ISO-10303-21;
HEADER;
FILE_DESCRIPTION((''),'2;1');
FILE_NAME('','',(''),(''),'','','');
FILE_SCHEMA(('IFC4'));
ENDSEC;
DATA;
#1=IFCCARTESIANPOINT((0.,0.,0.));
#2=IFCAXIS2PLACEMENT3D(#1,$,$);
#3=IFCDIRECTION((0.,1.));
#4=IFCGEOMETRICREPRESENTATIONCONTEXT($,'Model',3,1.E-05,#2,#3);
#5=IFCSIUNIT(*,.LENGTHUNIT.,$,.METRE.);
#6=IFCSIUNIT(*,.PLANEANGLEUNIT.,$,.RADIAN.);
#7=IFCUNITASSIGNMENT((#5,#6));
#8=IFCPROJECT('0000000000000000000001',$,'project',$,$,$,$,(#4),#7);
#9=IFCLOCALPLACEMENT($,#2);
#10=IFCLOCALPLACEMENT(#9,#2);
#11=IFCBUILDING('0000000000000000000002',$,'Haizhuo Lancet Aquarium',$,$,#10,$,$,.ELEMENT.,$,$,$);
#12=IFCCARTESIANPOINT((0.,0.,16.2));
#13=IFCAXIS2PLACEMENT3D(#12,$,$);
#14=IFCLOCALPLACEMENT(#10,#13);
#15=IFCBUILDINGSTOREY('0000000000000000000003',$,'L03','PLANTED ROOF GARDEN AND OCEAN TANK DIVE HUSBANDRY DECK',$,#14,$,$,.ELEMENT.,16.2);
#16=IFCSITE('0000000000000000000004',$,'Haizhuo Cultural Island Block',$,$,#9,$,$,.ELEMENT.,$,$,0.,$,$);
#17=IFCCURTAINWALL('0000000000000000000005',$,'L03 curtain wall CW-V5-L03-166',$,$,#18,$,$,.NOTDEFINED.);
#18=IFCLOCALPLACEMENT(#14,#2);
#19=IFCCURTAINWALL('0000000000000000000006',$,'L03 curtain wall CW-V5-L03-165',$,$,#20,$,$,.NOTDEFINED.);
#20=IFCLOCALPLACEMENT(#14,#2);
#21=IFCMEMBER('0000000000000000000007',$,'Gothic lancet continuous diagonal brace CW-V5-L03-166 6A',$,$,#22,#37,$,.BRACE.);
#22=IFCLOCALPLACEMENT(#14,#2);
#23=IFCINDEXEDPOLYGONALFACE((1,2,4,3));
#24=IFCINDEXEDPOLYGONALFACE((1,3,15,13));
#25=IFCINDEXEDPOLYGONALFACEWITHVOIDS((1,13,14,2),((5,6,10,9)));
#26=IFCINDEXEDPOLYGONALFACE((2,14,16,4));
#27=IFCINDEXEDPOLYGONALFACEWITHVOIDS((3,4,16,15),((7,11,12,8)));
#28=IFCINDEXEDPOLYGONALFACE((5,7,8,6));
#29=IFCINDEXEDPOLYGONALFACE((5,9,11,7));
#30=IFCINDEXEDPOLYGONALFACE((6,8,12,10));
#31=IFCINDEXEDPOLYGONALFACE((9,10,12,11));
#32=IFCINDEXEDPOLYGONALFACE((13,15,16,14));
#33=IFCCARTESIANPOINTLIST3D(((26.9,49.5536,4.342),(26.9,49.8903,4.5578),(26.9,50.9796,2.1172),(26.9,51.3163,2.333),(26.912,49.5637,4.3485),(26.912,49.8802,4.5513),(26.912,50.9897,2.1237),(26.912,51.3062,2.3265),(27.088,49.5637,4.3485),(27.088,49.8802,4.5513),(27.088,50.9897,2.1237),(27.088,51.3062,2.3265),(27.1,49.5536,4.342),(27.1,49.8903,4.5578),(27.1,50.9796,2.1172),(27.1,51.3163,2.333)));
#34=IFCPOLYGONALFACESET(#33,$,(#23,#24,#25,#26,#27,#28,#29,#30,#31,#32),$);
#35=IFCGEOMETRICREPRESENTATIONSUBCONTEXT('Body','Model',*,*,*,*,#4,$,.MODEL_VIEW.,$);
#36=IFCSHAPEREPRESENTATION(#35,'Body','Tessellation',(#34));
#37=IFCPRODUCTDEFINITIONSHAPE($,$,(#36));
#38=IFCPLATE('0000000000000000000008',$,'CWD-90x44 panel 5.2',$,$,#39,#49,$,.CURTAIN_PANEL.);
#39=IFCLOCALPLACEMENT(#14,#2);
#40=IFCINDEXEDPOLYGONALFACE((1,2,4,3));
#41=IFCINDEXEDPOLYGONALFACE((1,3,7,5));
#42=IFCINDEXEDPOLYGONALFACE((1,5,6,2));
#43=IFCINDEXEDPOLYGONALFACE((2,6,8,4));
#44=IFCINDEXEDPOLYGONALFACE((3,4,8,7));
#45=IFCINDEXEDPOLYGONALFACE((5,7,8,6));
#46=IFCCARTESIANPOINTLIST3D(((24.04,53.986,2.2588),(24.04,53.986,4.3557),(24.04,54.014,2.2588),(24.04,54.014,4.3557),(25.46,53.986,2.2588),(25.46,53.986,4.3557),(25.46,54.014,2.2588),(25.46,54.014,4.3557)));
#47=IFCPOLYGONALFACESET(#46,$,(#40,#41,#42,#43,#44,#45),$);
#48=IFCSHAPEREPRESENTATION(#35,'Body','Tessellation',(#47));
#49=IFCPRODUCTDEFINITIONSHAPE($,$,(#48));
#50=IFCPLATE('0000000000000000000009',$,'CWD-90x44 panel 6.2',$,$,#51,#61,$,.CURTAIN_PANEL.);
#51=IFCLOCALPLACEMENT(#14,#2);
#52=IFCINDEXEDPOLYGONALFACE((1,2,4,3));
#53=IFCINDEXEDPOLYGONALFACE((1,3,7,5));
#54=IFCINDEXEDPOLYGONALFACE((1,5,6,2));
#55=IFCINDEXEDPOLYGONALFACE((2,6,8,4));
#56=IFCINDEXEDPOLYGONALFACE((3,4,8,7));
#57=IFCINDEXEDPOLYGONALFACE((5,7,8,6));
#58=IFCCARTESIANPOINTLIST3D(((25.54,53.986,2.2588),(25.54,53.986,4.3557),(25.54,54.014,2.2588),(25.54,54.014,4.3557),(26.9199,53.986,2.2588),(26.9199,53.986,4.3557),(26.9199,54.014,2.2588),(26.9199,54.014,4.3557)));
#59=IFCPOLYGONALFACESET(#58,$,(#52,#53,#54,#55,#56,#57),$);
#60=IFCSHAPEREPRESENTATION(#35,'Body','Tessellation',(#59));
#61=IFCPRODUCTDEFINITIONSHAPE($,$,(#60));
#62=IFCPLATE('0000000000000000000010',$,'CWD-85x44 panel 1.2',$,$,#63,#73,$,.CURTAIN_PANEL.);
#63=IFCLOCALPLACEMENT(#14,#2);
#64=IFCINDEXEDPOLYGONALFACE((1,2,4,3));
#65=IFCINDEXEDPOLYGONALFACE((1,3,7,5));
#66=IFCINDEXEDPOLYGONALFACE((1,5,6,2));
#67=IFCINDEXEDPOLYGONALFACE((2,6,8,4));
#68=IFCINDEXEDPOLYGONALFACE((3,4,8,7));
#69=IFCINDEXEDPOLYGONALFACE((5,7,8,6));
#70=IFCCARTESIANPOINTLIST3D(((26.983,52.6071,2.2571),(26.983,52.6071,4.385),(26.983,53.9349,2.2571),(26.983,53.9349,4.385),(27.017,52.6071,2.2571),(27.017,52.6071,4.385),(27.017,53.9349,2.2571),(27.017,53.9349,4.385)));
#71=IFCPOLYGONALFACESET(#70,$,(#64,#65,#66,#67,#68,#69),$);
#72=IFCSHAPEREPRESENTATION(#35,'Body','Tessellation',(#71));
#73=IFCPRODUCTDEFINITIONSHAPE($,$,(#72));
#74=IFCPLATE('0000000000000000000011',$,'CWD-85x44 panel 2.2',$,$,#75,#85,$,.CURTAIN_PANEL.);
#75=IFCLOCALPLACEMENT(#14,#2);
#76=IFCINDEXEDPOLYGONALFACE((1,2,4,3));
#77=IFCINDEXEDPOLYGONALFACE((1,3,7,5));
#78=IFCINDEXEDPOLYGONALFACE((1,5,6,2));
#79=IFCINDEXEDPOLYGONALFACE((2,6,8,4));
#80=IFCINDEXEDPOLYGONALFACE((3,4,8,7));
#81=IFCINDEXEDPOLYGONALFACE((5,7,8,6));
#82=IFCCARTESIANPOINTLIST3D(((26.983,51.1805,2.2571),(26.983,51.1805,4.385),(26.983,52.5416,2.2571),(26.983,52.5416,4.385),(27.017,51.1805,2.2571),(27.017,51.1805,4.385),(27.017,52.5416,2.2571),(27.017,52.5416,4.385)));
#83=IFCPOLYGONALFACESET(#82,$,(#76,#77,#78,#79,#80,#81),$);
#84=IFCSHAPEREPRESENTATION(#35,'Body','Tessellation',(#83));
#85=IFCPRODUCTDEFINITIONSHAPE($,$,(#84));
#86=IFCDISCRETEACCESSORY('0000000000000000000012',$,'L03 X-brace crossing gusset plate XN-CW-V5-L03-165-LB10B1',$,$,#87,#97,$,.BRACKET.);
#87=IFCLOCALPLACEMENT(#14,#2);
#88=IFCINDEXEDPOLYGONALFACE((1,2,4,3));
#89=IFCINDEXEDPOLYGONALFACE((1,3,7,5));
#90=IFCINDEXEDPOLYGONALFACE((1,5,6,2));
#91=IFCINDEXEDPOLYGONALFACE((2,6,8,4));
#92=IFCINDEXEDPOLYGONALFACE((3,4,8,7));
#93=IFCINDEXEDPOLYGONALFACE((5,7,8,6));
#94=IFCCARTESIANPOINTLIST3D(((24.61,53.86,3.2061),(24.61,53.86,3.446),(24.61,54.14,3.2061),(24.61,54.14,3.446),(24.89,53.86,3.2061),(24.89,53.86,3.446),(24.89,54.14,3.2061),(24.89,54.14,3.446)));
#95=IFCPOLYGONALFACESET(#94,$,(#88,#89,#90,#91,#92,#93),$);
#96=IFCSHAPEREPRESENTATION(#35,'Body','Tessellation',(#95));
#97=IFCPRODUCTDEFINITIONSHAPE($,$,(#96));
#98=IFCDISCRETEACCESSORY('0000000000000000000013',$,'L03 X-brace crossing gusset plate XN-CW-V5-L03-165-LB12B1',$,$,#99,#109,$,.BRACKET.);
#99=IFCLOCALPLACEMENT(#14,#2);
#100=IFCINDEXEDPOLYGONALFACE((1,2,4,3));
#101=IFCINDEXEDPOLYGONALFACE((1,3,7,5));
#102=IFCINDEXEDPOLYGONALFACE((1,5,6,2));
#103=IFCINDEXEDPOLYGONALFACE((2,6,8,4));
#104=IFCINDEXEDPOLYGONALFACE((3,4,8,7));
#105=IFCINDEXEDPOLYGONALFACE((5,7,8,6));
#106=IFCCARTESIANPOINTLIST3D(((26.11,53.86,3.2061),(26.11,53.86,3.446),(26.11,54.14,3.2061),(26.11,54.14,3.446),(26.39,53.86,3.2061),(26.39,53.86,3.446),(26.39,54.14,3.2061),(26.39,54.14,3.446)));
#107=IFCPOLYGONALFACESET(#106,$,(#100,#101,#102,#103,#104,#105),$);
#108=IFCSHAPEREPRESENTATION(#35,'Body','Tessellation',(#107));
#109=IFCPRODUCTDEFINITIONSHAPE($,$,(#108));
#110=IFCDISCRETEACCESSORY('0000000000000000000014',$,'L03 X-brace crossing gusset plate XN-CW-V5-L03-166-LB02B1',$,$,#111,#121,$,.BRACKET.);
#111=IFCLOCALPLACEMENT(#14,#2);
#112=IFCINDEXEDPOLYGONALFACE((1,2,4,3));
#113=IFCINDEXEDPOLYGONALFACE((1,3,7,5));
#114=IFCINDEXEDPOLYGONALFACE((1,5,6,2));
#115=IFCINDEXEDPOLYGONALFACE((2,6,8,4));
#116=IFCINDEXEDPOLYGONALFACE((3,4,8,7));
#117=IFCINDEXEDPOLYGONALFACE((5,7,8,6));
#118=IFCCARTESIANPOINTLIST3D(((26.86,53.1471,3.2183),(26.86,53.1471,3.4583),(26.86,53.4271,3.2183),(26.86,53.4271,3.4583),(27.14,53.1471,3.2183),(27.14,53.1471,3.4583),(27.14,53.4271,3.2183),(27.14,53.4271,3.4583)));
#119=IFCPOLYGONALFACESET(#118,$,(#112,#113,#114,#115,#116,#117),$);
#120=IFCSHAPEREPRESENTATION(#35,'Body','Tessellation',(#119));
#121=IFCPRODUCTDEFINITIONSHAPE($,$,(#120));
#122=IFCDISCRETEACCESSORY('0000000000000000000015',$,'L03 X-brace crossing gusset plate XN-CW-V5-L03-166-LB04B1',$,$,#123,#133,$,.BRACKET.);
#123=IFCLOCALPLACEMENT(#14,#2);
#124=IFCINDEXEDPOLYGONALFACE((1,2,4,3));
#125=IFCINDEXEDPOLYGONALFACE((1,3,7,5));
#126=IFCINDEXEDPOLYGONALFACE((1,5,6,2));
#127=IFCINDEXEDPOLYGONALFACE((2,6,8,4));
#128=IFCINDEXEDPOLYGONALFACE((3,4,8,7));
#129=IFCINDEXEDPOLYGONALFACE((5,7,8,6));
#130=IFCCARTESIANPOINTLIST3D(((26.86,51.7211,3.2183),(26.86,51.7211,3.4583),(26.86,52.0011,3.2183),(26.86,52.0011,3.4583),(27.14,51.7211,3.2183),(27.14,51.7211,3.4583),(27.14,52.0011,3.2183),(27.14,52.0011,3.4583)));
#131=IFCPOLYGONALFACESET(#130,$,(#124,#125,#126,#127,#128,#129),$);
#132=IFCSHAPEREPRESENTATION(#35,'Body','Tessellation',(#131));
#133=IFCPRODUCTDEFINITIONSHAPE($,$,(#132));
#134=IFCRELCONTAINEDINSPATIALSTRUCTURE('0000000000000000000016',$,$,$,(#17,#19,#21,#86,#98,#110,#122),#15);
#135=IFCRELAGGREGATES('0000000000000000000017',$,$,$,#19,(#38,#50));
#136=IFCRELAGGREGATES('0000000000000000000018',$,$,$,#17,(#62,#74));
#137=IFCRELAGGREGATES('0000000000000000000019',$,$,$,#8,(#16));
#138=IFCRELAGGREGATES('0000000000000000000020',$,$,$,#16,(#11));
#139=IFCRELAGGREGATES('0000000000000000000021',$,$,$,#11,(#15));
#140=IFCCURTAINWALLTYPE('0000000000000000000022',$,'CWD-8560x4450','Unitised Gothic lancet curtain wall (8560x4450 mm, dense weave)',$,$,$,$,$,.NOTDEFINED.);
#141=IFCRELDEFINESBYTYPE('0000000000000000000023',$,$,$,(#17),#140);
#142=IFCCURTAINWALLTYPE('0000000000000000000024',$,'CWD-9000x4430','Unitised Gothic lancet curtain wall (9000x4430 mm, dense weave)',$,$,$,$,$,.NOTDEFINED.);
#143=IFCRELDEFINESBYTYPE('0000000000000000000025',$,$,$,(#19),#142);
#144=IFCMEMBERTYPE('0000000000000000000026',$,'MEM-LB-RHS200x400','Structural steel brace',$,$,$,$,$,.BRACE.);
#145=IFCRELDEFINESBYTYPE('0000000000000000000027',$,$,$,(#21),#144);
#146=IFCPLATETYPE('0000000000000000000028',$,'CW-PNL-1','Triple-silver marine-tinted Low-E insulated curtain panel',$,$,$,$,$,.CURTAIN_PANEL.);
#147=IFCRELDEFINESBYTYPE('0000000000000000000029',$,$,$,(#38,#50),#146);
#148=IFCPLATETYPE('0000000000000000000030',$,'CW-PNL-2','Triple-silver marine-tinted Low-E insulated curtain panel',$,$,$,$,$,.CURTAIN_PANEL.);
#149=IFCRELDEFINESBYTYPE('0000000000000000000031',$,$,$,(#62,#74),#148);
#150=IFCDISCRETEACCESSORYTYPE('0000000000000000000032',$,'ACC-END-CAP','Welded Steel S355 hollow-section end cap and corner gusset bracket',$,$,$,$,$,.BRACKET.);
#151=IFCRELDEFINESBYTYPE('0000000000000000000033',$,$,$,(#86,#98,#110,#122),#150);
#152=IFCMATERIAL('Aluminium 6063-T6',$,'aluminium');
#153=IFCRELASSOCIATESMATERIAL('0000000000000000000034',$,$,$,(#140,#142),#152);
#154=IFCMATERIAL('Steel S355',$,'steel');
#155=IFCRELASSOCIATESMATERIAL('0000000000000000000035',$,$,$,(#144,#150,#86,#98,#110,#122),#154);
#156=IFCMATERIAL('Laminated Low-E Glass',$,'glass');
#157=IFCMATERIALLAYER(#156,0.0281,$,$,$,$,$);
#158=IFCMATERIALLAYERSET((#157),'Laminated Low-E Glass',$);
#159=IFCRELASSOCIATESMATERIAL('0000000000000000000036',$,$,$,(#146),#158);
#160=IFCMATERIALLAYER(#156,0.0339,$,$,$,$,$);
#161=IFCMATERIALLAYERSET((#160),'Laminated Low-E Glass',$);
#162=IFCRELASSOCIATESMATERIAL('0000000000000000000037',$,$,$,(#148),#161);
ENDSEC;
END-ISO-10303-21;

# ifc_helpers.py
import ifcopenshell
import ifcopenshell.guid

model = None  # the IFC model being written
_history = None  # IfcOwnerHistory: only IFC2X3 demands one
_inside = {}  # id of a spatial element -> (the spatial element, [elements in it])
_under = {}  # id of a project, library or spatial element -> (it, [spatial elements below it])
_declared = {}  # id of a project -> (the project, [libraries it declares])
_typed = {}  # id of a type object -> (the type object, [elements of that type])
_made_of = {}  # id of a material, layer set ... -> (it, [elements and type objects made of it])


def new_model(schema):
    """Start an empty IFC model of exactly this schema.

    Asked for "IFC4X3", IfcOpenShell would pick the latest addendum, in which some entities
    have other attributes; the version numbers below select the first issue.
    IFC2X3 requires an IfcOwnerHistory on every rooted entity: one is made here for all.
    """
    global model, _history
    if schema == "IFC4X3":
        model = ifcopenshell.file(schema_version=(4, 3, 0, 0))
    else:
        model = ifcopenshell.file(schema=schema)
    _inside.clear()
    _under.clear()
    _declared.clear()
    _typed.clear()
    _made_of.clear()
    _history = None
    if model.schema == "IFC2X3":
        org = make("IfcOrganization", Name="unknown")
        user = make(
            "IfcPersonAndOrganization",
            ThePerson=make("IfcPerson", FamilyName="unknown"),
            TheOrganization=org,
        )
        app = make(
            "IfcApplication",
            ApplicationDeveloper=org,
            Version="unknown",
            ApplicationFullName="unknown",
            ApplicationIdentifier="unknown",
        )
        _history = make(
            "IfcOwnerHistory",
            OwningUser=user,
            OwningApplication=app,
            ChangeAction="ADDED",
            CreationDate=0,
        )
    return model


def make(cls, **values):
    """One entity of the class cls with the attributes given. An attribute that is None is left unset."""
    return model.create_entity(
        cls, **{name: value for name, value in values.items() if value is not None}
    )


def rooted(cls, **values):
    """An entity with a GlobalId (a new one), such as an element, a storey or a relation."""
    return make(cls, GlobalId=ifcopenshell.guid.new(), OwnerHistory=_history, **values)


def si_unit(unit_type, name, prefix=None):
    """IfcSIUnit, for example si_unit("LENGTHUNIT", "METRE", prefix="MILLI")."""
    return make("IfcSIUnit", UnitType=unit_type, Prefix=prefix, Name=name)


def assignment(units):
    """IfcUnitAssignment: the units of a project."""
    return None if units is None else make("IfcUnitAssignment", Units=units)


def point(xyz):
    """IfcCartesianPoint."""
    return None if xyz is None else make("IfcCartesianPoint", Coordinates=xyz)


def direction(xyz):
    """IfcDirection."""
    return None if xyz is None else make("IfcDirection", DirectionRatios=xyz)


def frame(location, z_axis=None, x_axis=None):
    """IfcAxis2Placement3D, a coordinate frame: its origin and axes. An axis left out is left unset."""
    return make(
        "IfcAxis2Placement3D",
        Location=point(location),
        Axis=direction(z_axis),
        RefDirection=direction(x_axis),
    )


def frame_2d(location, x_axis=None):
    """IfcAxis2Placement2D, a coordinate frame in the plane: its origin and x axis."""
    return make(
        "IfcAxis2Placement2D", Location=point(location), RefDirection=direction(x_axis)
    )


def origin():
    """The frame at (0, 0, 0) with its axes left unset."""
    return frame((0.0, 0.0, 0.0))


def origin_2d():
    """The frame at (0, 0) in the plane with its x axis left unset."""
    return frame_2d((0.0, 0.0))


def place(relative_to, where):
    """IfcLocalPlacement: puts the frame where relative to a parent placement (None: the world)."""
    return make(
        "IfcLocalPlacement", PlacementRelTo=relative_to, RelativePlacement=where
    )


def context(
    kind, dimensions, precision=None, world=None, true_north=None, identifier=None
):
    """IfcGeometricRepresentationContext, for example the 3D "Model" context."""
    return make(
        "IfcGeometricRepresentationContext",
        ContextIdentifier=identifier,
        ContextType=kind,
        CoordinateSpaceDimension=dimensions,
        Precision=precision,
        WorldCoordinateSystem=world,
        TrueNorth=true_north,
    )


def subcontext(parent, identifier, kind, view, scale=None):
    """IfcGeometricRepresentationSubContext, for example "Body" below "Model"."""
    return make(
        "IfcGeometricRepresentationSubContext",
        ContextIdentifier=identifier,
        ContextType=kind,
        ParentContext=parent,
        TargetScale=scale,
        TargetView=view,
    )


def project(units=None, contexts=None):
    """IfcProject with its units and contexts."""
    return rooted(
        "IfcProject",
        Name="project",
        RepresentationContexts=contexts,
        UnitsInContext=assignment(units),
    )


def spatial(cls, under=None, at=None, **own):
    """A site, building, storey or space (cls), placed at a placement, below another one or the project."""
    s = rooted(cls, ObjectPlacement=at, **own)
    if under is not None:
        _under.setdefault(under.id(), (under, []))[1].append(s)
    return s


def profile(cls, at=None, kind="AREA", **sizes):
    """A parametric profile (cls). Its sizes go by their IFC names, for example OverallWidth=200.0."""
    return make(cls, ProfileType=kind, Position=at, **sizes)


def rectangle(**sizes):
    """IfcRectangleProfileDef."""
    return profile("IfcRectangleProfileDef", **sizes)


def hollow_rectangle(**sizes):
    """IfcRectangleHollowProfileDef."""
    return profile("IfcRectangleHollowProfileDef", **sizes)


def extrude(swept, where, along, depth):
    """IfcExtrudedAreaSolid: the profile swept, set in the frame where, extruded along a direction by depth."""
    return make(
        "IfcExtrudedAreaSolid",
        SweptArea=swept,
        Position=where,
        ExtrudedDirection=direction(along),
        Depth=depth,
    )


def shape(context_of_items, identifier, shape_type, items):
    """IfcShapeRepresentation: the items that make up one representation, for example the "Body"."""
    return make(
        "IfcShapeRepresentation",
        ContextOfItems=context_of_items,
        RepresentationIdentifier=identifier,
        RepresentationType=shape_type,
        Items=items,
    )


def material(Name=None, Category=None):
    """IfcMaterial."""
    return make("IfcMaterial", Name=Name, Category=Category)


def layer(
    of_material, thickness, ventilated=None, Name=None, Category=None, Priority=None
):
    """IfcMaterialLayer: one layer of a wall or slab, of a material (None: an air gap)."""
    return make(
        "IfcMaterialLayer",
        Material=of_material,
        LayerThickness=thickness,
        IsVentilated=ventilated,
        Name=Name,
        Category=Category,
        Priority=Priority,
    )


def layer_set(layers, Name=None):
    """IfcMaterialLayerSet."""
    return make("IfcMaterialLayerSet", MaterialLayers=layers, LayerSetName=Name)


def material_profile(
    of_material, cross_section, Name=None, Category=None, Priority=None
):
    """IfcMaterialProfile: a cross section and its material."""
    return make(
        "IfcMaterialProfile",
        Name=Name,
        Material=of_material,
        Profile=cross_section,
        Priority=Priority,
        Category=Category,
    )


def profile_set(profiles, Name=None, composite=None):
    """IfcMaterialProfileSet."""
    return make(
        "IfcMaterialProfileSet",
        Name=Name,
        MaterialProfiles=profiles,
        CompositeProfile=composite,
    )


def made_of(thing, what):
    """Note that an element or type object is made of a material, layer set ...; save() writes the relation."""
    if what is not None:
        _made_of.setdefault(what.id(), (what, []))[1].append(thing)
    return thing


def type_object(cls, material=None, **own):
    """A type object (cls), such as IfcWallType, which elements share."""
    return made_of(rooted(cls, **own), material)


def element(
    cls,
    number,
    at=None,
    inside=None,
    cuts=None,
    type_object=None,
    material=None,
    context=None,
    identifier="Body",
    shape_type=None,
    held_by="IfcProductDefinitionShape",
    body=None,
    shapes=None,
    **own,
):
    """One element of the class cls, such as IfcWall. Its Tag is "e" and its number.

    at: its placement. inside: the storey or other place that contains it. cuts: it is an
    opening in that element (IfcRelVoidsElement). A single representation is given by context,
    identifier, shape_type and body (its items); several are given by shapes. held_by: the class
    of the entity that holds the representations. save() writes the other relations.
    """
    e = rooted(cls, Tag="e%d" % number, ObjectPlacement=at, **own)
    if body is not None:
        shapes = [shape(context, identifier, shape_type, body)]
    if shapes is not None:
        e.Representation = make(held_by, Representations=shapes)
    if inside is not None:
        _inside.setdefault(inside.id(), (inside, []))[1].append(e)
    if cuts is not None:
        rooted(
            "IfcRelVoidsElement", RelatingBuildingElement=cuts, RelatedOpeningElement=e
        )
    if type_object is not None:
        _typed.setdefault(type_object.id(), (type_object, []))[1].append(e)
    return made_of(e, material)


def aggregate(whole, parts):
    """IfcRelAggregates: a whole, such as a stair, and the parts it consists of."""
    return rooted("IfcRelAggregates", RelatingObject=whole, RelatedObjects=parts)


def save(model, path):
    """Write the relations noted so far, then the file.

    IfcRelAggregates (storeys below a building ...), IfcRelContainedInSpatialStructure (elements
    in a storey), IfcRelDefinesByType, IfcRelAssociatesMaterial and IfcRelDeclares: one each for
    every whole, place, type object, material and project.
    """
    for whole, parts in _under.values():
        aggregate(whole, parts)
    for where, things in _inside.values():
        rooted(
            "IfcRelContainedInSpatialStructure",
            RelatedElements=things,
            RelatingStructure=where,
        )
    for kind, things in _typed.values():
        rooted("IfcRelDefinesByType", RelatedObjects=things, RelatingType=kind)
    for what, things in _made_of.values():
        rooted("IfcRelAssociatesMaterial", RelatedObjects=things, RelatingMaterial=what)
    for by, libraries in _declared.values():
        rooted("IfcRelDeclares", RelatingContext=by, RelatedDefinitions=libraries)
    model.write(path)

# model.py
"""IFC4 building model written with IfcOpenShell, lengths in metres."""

from ifc_helpers import new_model, si_unit, direction, frame, origin, origin_2d, place, context, subcontext, project, spatial, rectangle, hollow_rectangle, extrude, material, layer, layer_set, material_profile, profile_set, type_object, element, aggregate, save


model = new_model("IFC4")

# Units and contexts
model_context = context("Model", 3, precision=1e-05, world=origin(), true_north=direction((0.0, 1.0)))
body_context = subcontext(model_context, "Body", "Model", "MODEL_VIEW")
ifc_project = project(units=[si_unit("LENGTHUNIT", "METRE"), si_unit("PLANEANGLEUNIT", "RADIAN")], contexts=[model_context])

# Site, building, storey
site_placement = place(None, origin())
site = spatial("IfcSite", under=ifc_project, at=site_placement, Name="Haizhuo Cultural Island Block", CompositionType="ELEMENT", RefElevation=0.0)
building_placement = place(site_placement, origin())
building = spatial("IfcBuilding", under=site, at=building_placement, Name="Haizhuo Lancet Aquarium", CompositionType="ELEMENT")
storey_placement = place(building_placement, frame((0.0, 0.0, 16.2)))
storey = spatial("IfcBuildingStorey", under=building, at=storey_placement, Name="L03", Description="PLANTED ROOF GARDEN AND OCEAN TANK DIVE HUSBANDRY DECK", CompositionType="ELEMENT", Elevation=16.2)

# Curtain walls
ifc_material_1 = material(Name="Aluminium 6063-T6", Category="aluminium")
curtain_wall_type_1 = type_object("IfcCurtainWallType", Name="CWD-8560x4450", Description="Unitised Gothic lancet curtain wall (8560x4450 mm, dense weave)", PredefinedType="NOTDEFINED", material=ifc_material_1)
curtain_wall_1_placement = place(storey_placement, origin())
curtain_wall_1 = element("IfcCurtainWall", 1, at=curtain_wall_1_placement, inside=storey, type_object=curtain_wall_type_1, Name="L03 curtain wall CW-V5-L03-166", PredefinedType="NOTDEFINED")
curtain_wall_type_2 = type_object("IfcCurtainWallType", Name="CWD-9000x4430", Description="Unitised Gothic lancet curtain wall (9000x4430 mm, dense weave)", PredefinedType="NOTDEFINED", material=ifc_material_1)
curtain_wall_2_placement = place(storey_placement, origin())
curtain_wall_2 = element("IfcCurtainWall", 2, at=curtain_wall_2_placement, inside=storey, type_object=curtain_wall_type_2, Name="L03 curtain wall CW-V5-L03-165", PredefinedType="NOTDEFINED")

# Member
ifc_material_2 = material(Name="Steel S355", Category="steel")
ifc_material_profile_1 = material_profile(ifc_material_2, hollow_rectangle(XDim=0.2, YDim=0.3999, WallThickness=0.012, at=origin_2d()), Name="RHS 200x400x12")
ifc_profile_set_1 = profile_set([ifc_material_profile_1], Name="Steel S355")
member_type_1 = type_object("IfcMemberType", Name="MEM-LB-RHS200x400", Description="Structural steel brace", PredefinedType="BRACE", material=ifc_profile_set_1)
member_1_placement = place(storey_placement, frame((27.0, 51.1479, 2.2251), z_axis=(0.0, -0.539622, 0.841907), x_axis=(1.0, 0.0, 0.0)))
element("IfcMember", 3, at=member_1_placement, inside=storey, type_object=member_type_1, Name="Gothic lancet continuous diagonal brace CW-V5-L03-166 6A", PredefinedType="BRACE", context=body_context, shape_type="SweptSolid", body=[
    extrude(hollow_rectangle(XDim=0.2, YDim=0.3999, WallThickness=0.012, at=origin_2d()), origin(), (0.0, 0.0, 1.0), 2.6426),
])

# Plates
ifc_material_3 = material(Name="Laminated Low-E Glass", Category="glass")
ifc_layer_1 = layer(ifc_material_3, 0.0281)
ifc_layer_set_1 = layer_set([ifc_layer_1], Name="Laminated Low-E Glass")
plate_type_1 = type_object("IfcPlateType", Name="CW-PNL-1", Description="Triple-silver marine-tinted Low-E insulated curtain panel", PredefinedType="CURTAIN_PANEL", material=ifc_layer_set_1)
plate_1_placement = place(storey_placement, frame((24.75, 54.0, 2.2588), z_axis=(0.0, 0.0, 1.0), x_axis=(1.0, 0.0, 0.0)))
plate_1 = element("IfcPlate", 4, at=plate_1_placement, type_object=plate_type_1, Name="CWD-90x44 panel 5.2", PredefinedType="CURTAIN_PANEL", context=body_context, shape_type="SweptSolid", body=[
    extrude(rectangle(XDim=1.4199, YDim=0.0281, at=origin_2d()), origin(), (0.0, 0.0, 1.0), 2.0969),
])
plate_2_placement = place(storey_placement, frame((26.23, 54.0, 2.2588), z_axis=(0.0, 0.0, 1.0), x_axis=(1.0, 0.0, 0.0)))
plate_2 = element("IfcPlate", 5, at=plate_2_placement, type_object=plate_type_1, Name="CWD-90x44 panel 6.2", PredefinedType="CURTAIN_PANEL", context=body_context, shape_type="SweptSolid", body=[
    extrude(rectangle(XDim=1.3799, YDim=0.0281, at=origin_2d()), origin(), (0.0, 0.0, 1.0), 2.0969),
])
aggregate(curtain_wall_2, [plate_1, plate_2])
ifc_layer_2 = layer(ifc_material_3, 0.0339)
ifc_layer_set_2 = layer_set([ifc_layer_2], Name="Laminated Low-E Glass")
plate_type_2 = type_object("IfcPlateType", Name="CW-PNL-2", Description="Triple-silver marine-tinted Low-E insulated curtain panel", PredefinedType="CURTAIN_PANEL", material=ifc_layer_set_2)
plate_3_placement = place(storey_placement, frame((27.0, 53.271, 2.2571), z_axis=(0.0, 0.0, 1.0), x_axis=(0.0, -1.0, 0.0)))
plate_3 = element("IfcPlate", 6, at=plate_3_placement, type_object=plate_type_2, Name="CWD-85x44 panel 1.2", PredefinedType="CURTAIN_PANEL", context=body_context, shape_type="SweptSolid", body=[
    extrude(rectangle(XDim=1.3279, YDim=0.0339, at=origin_2d()), origin(), (0.0, 0.0, 1.0), 2.1279),
])
plate_4_placement = place(storey_placement, frame((27.0, 51.8611, 2.2571), z_axis=(0.0, 0.0, 1.0), x_axis=(0.0, -1.0, 0.0)))
plate_4 = element("IfcPlate", 7, at=plate_4_placement, type_object=plate_type_2, Name="CWD-85x44 panel 2.2", PredefinedType="CURTAIN_PANEL", context=body_context, shape_type="SweptSolid", body=[
    extrude(rectangle(XDim=1.3611, YDim=0.0339, at=origin_2d()), origin(), (0.0, 0.0, 1.0), 2.1279),
])
aggregate(curtain_wall_1, [plate_3, plate_4])

# Discrete accessories
discrete_accessory_type = type_object("IfcDiscreteAccessoryType", Name="ACC-END-CAP", Description="Welded Steel S355 hollow-section end cap and corner gusset bracket", PredefinedType="BRACKET", material=ifc_material_2)
for number, where, z_axis, x_axis, name in (
    (8, (24.75, 54.0, 3.2061), (0.0, 0.0, 1.0), (1.0, 0.0, 0.0), "L03 X-brace crossing gusset plate XN-CW-V5-L03-165-LB10B1"),
    (9, (26.25, 54.0, 3.2061), (0.0, 0.0, 1.0), (1.0, 0.0, 0.0), "L03 X-brace crossing gusset plate XN-CW-V5-L03-165-LB12B1"),
    (10, (27.0, 53.2871, 3.2183), (0.0, 0.0, 1.0), (1.0, 0.0, 0.0), "L03 X-brace crossing gusset plate XN-CW-V5-L03-166-LB02B1"),
    (11, (27.0, 51.8611, 3.2183), (0.0, 0.0, 1.0), (1.0, 0.0, 0.0), "L03 X-brace crossing gusset plate XN-CW-V5-L03-166-LB04B1"),
):
    element("IfcDiscreteAccessory", number, at=place(storey_placement, frame(where, z_axis=z_axis, x_axis=x_axis)), inside=storey, type_object=discrete_accessory_type, material=ifc_material_2, Name=name, PredefinedType="BRACKET", context=body_context, shape_type="SweptSolid", body=[
        extrude(rectangle(XDim=0.28, YDim=0.28, at=origin_2d()), origin(), (0.0, 0.0, 1.0), 0.24),
    ])

save(model, "model.ifc")
